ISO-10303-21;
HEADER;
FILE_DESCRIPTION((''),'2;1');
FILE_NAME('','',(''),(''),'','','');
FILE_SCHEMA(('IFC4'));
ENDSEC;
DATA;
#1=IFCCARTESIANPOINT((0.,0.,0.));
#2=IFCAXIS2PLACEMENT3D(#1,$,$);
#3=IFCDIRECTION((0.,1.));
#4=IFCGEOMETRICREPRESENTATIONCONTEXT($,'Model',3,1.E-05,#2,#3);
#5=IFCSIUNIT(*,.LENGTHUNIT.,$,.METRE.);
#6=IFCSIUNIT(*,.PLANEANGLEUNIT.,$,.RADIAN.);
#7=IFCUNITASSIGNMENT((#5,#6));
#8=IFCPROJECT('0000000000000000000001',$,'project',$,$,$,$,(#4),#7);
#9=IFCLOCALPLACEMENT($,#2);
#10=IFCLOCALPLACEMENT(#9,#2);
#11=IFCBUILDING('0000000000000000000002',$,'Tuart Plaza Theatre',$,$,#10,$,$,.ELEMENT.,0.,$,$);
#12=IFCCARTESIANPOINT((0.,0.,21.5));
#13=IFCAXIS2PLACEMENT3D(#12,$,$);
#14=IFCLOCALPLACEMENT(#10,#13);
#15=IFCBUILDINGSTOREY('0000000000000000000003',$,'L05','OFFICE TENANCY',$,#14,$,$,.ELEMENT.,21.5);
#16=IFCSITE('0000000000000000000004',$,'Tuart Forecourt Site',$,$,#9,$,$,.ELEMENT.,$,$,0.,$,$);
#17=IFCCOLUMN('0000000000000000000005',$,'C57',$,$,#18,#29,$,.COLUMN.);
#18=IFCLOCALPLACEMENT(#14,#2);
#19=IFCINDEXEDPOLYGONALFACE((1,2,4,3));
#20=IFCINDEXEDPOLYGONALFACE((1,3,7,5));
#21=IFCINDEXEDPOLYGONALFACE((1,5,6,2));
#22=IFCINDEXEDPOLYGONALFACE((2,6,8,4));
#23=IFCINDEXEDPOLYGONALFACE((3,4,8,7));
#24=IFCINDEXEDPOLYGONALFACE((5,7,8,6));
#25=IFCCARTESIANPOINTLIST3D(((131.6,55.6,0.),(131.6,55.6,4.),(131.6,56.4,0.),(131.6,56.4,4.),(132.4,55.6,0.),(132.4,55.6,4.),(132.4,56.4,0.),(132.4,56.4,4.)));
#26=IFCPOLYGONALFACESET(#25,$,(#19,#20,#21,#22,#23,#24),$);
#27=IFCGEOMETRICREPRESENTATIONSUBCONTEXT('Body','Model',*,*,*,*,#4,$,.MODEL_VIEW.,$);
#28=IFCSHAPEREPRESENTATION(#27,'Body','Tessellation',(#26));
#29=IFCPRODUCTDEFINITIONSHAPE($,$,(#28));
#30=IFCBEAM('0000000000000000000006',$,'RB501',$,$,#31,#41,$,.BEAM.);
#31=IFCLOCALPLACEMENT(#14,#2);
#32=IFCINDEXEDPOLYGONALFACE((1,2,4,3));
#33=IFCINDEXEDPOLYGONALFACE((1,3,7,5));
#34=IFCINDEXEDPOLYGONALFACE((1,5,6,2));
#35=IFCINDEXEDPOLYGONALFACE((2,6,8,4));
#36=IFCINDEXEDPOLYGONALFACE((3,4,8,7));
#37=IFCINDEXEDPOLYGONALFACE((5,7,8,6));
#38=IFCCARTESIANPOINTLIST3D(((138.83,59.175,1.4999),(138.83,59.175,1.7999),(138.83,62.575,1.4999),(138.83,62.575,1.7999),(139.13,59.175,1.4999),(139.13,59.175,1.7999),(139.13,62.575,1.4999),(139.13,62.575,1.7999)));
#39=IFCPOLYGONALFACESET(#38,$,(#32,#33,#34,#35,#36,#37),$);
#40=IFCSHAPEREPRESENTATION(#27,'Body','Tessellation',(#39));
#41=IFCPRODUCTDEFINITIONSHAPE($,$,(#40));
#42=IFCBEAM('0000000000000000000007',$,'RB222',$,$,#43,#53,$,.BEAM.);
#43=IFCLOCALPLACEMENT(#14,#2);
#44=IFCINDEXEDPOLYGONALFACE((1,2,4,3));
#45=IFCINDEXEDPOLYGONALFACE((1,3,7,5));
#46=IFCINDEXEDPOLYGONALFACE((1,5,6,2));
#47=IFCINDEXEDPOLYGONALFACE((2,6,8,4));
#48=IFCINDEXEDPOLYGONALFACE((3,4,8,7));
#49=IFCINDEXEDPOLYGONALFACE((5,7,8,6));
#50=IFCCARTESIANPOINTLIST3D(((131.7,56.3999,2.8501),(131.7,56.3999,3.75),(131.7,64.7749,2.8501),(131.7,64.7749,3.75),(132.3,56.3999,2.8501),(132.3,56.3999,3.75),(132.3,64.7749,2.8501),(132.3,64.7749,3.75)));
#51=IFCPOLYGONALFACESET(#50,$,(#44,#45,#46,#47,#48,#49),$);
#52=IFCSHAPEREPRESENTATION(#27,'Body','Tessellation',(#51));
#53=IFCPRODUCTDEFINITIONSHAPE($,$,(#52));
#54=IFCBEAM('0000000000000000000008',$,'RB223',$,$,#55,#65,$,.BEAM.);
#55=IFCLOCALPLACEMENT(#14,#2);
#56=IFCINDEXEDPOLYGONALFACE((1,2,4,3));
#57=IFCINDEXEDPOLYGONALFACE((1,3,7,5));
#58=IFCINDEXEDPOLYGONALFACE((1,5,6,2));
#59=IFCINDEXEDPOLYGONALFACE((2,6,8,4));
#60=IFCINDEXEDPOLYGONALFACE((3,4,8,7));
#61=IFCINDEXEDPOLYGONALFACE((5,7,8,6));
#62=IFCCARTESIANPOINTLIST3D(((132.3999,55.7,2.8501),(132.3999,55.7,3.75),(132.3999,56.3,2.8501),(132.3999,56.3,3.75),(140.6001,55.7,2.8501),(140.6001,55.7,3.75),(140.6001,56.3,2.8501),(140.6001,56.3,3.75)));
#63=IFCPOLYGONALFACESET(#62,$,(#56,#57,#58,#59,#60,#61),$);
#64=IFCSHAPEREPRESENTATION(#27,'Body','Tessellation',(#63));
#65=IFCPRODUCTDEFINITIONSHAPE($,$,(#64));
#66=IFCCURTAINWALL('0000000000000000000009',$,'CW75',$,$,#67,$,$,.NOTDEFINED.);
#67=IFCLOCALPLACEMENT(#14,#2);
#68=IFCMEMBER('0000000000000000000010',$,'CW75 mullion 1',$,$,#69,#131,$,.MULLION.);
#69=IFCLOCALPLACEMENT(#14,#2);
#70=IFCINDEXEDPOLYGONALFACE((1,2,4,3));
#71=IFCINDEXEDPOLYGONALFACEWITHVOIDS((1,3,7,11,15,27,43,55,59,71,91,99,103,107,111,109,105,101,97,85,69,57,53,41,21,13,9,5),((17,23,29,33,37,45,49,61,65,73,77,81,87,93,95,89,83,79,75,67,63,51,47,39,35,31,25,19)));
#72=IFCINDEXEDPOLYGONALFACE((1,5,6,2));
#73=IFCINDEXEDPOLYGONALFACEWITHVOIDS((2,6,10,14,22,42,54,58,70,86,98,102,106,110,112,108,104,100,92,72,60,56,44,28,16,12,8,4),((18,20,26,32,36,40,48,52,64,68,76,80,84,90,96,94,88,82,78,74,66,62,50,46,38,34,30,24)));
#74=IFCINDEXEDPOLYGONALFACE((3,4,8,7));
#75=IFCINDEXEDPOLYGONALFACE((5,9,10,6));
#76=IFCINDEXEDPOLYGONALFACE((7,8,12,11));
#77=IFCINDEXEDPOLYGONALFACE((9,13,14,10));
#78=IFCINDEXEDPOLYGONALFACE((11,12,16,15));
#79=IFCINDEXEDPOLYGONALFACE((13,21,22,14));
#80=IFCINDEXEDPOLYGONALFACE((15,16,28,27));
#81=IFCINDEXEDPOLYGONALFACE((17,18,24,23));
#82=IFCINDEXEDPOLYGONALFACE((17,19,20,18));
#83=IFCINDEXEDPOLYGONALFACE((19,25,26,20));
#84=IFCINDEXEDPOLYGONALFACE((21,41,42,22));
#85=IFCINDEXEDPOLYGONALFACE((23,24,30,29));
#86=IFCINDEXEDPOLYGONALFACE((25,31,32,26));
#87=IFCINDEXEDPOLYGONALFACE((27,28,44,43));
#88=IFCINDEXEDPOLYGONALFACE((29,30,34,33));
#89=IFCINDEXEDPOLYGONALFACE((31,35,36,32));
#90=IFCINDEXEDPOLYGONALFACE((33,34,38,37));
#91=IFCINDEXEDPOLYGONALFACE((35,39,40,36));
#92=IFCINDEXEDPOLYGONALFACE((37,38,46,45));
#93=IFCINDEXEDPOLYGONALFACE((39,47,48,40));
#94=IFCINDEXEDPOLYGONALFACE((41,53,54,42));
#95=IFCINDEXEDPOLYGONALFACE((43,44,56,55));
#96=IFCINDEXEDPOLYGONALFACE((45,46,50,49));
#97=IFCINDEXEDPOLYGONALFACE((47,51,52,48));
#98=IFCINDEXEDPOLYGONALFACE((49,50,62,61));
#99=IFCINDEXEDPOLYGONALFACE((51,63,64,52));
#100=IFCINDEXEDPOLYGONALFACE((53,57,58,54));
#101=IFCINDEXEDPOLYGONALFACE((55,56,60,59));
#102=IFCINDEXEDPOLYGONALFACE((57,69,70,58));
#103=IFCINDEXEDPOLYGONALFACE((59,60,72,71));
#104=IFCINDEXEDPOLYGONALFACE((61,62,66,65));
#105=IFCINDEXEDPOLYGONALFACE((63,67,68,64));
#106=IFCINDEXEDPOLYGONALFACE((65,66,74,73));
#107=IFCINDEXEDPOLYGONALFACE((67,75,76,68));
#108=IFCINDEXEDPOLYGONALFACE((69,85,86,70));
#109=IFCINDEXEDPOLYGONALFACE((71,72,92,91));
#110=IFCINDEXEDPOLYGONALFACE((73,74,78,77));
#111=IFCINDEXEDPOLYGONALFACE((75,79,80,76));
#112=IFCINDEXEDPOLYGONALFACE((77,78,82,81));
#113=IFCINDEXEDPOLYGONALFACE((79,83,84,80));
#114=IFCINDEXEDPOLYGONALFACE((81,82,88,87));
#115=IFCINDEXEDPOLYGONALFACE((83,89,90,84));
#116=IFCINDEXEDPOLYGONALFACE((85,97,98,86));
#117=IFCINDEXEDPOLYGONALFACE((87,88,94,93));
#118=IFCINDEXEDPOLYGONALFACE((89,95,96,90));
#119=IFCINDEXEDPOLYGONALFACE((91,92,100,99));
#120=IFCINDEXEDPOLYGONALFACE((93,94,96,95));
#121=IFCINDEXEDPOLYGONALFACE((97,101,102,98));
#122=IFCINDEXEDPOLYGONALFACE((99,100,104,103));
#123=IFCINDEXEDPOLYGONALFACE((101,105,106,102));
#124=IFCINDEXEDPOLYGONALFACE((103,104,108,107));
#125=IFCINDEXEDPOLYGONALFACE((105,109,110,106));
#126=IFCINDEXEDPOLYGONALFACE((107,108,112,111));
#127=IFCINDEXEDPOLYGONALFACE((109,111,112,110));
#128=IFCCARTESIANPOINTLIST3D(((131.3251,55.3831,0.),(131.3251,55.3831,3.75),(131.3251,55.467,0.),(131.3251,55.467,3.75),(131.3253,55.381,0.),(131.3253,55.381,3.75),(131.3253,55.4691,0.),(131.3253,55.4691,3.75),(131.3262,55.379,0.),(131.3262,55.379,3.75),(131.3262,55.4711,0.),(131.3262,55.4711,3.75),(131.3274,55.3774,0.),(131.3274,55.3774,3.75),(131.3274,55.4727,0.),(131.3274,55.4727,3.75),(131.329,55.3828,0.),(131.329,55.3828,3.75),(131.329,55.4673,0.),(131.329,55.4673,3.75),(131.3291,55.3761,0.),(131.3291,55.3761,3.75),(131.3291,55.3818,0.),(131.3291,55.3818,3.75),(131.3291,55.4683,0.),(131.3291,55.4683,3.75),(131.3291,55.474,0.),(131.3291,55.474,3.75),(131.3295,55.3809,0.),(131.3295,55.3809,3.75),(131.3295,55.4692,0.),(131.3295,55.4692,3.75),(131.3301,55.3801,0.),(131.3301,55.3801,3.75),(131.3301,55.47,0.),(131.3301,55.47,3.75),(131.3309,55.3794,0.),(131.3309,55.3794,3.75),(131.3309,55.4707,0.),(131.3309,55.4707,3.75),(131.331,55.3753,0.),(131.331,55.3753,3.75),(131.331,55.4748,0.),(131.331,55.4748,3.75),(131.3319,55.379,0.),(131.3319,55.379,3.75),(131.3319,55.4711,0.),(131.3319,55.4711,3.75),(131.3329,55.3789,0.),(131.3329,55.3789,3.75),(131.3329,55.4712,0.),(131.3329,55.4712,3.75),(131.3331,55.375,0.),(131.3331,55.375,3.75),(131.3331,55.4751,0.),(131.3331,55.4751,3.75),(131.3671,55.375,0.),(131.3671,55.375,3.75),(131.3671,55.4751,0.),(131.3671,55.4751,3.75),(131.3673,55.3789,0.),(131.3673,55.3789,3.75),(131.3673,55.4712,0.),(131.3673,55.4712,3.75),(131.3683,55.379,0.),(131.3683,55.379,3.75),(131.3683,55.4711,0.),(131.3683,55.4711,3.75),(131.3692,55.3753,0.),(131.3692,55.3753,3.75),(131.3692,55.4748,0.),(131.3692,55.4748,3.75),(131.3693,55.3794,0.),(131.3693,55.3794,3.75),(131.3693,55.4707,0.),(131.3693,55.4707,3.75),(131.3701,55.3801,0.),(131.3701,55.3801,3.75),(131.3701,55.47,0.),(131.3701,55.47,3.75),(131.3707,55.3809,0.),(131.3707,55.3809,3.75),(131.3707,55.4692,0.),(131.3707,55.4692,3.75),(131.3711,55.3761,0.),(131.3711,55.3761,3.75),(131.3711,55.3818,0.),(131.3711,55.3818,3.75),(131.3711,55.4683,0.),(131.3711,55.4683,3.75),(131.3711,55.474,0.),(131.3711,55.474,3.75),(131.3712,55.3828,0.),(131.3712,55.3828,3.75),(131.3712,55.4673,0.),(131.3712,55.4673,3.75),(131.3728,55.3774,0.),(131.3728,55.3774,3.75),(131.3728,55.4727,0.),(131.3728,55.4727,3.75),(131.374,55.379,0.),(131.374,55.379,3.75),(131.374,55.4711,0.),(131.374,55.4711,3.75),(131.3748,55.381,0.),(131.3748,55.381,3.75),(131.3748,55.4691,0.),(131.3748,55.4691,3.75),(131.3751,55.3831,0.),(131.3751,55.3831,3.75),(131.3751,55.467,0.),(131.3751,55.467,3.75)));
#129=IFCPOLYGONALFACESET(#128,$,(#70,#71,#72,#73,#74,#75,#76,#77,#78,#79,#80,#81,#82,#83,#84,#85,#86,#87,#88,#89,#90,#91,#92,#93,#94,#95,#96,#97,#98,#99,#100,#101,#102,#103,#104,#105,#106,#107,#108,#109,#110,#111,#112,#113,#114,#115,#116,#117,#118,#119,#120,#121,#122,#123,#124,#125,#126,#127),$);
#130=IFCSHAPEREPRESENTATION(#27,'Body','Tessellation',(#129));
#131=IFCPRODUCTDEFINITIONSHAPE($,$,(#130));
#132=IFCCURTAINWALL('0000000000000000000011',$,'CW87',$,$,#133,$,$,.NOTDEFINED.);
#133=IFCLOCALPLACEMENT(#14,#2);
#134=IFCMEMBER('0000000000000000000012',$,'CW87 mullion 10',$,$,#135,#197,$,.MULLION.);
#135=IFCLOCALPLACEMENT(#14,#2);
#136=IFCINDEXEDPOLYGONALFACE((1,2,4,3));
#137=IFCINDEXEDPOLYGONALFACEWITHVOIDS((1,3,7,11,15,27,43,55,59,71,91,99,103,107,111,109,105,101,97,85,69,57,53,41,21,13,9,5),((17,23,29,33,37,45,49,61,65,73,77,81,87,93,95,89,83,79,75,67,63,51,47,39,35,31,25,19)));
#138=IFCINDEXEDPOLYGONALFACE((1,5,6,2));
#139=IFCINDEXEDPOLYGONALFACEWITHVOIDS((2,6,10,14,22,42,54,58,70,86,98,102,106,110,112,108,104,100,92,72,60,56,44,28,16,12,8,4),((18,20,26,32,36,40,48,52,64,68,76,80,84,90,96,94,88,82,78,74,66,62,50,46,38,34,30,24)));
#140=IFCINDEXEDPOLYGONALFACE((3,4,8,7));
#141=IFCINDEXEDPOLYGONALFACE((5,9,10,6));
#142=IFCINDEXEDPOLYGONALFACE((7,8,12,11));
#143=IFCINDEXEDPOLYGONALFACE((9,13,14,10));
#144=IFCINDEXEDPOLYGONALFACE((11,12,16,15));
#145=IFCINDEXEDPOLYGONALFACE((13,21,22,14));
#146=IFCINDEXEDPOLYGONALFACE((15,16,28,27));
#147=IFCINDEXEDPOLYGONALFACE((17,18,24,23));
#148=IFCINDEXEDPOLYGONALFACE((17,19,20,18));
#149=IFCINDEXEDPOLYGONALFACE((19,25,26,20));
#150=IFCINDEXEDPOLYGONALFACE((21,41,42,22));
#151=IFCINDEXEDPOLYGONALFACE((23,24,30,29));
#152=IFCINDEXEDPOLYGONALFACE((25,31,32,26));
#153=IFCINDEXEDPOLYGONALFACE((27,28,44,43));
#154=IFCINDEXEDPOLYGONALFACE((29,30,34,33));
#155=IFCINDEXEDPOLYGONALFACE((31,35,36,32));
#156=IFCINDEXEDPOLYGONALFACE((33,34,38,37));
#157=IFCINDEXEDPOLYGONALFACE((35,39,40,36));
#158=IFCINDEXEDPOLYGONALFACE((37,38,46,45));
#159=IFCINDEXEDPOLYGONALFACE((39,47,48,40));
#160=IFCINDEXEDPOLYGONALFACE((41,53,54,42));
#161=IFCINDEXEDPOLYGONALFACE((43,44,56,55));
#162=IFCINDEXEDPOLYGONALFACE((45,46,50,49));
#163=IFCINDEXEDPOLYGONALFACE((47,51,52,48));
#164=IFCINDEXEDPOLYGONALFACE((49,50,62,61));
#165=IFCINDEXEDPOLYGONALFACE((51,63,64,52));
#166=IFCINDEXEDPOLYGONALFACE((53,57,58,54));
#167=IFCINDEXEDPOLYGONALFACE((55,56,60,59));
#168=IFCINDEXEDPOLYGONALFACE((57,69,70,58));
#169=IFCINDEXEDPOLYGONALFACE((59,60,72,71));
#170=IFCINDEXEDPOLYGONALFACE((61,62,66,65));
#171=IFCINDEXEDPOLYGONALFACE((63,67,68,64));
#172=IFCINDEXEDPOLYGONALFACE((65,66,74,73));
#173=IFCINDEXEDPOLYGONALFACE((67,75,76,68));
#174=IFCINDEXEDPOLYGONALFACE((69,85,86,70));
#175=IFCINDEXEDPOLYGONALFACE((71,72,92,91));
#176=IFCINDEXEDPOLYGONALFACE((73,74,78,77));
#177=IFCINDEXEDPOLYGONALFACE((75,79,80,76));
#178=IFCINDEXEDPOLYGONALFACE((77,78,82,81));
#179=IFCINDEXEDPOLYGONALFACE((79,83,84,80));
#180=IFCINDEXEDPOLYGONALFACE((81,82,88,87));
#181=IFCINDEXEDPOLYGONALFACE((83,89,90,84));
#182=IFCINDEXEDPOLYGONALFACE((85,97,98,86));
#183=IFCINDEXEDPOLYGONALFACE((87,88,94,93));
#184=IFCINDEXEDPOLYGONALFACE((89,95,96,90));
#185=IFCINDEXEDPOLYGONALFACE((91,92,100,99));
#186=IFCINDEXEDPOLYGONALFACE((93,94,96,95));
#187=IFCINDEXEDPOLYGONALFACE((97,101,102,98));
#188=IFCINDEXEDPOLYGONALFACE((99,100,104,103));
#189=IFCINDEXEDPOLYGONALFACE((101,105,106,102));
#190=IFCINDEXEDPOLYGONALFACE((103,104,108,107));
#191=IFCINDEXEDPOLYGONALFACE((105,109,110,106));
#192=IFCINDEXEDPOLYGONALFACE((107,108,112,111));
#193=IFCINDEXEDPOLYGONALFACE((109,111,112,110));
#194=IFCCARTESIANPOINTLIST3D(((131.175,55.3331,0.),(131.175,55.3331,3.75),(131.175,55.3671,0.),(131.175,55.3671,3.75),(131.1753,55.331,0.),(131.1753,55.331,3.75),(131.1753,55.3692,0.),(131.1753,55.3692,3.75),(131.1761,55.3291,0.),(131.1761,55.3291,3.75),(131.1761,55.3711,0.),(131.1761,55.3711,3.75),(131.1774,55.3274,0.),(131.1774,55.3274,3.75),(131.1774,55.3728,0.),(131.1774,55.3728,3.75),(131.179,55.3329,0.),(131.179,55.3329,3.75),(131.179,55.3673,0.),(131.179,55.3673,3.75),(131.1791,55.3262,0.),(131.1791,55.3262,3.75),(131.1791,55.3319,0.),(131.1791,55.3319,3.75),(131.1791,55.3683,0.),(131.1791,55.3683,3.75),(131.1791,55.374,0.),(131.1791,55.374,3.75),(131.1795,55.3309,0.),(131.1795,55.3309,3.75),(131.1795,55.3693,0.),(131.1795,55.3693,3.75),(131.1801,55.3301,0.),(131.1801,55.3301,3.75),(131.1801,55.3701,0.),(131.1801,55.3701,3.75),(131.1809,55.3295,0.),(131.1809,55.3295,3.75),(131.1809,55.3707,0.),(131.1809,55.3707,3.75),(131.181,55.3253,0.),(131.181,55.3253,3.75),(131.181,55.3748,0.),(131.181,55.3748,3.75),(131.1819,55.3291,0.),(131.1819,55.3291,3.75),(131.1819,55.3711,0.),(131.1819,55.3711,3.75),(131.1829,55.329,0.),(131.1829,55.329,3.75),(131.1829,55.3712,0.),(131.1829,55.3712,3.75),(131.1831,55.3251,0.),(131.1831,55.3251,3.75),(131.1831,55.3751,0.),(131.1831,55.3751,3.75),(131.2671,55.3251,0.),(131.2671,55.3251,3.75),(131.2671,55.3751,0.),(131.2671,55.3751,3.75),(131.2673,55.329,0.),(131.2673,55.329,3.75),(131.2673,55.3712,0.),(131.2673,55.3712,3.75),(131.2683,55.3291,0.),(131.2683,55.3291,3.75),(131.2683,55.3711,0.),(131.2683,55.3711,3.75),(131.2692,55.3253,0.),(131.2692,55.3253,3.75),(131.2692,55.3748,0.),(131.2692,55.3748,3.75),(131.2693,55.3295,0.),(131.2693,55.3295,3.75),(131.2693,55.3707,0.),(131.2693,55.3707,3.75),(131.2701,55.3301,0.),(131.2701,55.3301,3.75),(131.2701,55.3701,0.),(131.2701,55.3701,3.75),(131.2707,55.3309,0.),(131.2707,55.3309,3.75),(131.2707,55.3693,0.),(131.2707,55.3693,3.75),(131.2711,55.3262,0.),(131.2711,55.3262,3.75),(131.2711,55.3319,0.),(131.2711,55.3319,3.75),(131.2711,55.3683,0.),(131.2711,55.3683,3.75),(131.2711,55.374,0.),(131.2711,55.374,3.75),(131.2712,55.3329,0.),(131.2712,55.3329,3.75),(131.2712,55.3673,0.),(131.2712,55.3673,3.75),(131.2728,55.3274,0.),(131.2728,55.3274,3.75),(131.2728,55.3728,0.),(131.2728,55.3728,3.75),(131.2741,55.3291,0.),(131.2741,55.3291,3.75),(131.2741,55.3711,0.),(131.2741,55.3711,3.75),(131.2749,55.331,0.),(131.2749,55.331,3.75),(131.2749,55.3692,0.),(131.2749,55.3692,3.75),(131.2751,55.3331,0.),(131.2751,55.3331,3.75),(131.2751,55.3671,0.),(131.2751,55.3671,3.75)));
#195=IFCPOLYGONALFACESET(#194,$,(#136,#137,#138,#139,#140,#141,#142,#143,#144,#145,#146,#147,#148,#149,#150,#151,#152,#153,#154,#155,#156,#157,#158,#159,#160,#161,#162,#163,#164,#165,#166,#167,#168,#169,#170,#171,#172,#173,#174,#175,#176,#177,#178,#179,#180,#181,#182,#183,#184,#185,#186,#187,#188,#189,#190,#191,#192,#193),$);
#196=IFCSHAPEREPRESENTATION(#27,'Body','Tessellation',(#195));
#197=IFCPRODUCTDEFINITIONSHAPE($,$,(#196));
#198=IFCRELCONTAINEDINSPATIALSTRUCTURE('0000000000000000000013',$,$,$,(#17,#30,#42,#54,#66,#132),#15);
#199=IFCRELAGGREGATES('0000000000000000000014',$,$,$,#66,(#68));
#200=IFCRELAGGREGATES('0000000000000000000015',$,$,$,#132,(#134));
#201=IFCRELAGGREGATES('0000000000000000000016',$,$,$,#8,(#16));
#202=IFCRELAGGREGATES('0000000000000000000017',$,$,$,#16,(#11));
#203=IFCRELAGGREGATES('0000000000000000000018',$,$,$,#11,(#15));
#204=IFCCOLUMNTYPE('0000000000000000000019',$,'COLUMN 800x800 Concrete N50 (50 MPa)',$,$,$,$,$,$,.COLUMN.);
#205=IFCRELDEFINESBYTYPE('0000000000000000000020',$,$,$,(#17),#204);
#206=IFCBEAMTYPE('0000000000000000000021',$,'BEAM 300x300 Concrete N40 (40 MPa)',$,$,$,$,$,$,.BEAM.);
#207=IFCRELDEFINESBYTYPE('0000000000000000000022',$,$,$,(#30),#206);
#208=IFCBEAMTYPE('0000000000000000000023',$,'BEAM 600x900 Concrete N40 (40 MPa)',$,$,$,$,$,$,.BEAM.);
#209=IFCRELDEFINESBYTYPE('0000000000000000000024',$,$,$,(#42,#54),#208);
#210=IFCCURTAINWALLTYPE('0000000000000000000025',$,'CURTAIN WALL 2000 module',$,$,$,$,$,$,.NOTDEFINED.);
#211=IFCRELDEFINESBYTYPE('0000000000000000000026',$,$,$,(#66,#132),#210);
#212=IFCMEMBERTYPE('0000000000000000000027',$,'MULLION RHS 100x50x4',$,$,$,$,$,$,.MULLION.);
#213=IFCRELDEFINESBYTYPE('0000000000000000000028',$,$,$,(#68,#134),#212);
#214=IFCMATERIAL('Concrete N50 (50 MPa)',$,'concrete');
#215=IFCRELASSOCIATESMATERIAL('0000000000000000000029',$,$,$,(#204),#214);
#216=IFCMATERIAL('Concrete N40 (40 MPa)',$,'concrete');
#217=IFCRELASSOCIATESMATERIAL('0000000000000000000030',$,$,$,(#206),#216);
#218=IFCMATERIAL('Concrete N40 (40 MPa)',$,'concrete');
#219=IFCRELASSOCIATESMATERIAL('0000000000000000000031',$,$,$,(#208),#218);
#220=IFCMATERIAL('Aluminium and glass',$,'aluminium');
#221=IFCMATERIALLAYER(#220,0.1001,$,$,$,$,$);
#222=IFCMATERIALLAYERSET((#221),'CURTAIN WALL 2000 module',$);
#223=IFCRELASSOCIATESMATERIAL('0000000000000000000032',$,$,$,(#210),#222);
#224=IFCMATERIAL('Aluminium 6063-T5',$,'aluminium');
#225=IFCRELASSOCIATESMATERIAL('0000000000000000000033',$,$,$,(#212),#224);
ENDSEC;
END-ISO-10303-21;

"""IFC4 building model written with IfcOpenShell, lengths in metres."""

from ifc_helpers import new_model, si_unit, direction, frame, origin, origin_2d, place, context, subcontext, project, spatial, rectangle, hollow_rectangle, extrude, material, layer, layer_set, material_profile, profile_set, type_object, element, aggregate, save


model = new_model("IFC4")

# Units and contexts
model_context = context("Model", 3, precision=1e-05, world=origin(), true_north=direction((0.0, 1.0)))
body_context = subcontext(model_context, "Body", "Model", "MODEL_VIEW")
ifc_project = project(units=[si_unit("LENGTHUNIT", "METRE"), si_unit("PLANEANGLEUNIT", "RADIAN")], contexts=[model_context])

# Site, building, storey
site_placement = place(None, origin())
site = spatial("IfcSite", under=ifc_project, at=site_placement, Name="Tuart Forecourt Site", CompositionType="ELEMENT", RefElevation=0.0)
building_placement = place(site_placement, origin())
building = spatial("IfcBuilding", under=site, at=building_placement, Name="Tuart Plaza Theatre", CompositionType="ELEMENT", ElevationOfRefHeight=0.0)
storey_placement = place(building_placement, frame((0.0, 0.0, 21.5)))
storey = spatial("IfcBuildingStorey", under=building, at=storey_placement, Name="L05", Description="OFFICE TENANCY", CompositionType="ELEMENT", Elevation=21.5)

# Column
ifc_material_1 = material(Name="Concrete N50 (50 MPa)", Category="concrete")
ifc_material_profile_1 = material_profile(ifc_material_1, rectangle(XDim=0.8, YDim=0.8, at=origin_2d()), Name="COLUMN 800x800 Concrete N50 (50 MPa)")
ifc_profile_set_1 = profile_set([ifc_material_profile_1], Name="Concrete N50 (50 MPa)")
column_type = type_object("IfcColumnType", Name="COLUMN 800x800 Concrete N50 (50 MPa)", PredefinedType="COLUMN", material=ifc_profile_set_1)
column_placement = place(storey_placement, frame((132.0, 56.0, 0.0), z_axis=(0.0, 0.0, 1.0), x_axis=(1.0, 0.0, 0.0)))
element("IfcColumn", 1, at=column_placement, inside=storey, type_object=column_type, Name="C57", PredefinedType="COLUMN", context=body_context, shape_type="SweptSolid", body=[
    extrude(rectangle(XDim=0.8, YDim=0.8, at=origin_2d()), origin(), (0.0, 0.0, 1.0), 4.0),
])

# Beams
ifc_material_2 = material(Name="Concrete N40 (40 MPa)", Category="concrete")
ifc_material_profile_2 = material_profile(ifc_material_2, rectangle(XDim=0.3, YDim=0.3, at=origin_2d()), Name="BEAM 300x300 Concrete N40 (40 MPa)")
ifc_profile_set_2 = profile_set([ifc_material_profile_2], Name="Concrete N40 (40 MPa)")
beam_type_1 = type_object("IfcBeamType", Name="BEAM 300x300 Concrete N40 (40 MPa)", PredefinedType="BEAM", material=ifc_profile_set_2)
beam_1_placement = place(storey_placement, frame((138.98, 59.175, 1.6499), z_axis=(0.0, 1.0, 0.0), x_axis=(-1.0, 0.0, 0.0)))
element("IfcBeam", 2, at=beam_1_placement, inside=storey, type_object=beam_type_1, Name="RB501", PredefinedType="BEAM", context=body_context, shape_type="SweptSolid", body=[
    extrude(rectangle(XDim=0.3, YDim=0.3, at=origin_2d()), origin(), (0.0, 0.0, 1.0), 3.3999),
])
ifc_material_3 = material(Name="Concrete N40 (40 MPa)", Category="concrete")
ifc_material_profile_3 = material_profile(ifc_material_3, rectangle(XDim=0.6001, YDim=0.8999, at=origin_2d()), Name="BEAM 600x900 Concrete N40 (40 MPa)")
ifc_profile_set_3 = profile_set([ifc_material_profile_3], Name="Concrete N40 (40 MPa)")
beam_type_2 = type_object("IfcBeamType", Name="BEAM 600x900 Concrete N40 (40 MPa)", PredefinedType="BEAM", material=ifc_profile_set_3)
beam_2_placement = place(storey_placement, frame((132.0, 56.3999, 3.3), z_axis=(0.0, 1.0, 0.0), x_axis=(-1.0, 0.0, 0.0)))
element("IfcBeam", 3, at=beam_2_placement, inside=storey, type_object=beam_type_2, Name="RB222", PredefinedType="BEAM", context=body_context, shape_type="SweptSolid", body=[
    extrude(rectangle(XDim=0.6001, YDim=0.8999, at=origin_2d()), origin(), (0.0, 0.0, 1.0), 8.375),
])
beam_3_placement = place(storey_placement, frame((132.3999, 56.0, 3.3), z_axis=(1.0, 0.0, 0.0), x_axis=(0.0, 1.0, 0.0)))
element("IfcBeam", 4, at=beam_3_placement, inside=storey, type_object=beam_type_2, Name="RB223", PredefinedType="BEAM", context=body_context, shape_type="SweptSolid", body=[
    extrude(rectangle(XDim=0.6001, YDim=0.8999, at=origin_2d()), origin(), (0.0, 0.0, 1.0), 8.2002),
])

# Curtain walls, members
ifc_material_4 = material(Name="Aluminium and glass", Category="aluminium")
ifc_layer_1 = layer(ifc_material_4, 0.1001)
ifc_layer_set_1 = layer_set([ifc_layer_1], Name="CURTAIN WALL 2000 module")
curtain_wall_type = type_object("IfcCurtainWallType", Name="CURTAIN WALL 2000 module", PredefinedType="NOTDEFINED", material=ifc_layer_set_1)
curtain_wall_1_placement = place(storey_placement, origin())
curtain_wall_1 = element("IfcCurtainWall", 5, at=curtain_wall_1_placement, inside=storey, type_object=curtain_wall_type, Name="CW75", PredefinedType="NOTDEFINED")
ifc_material_5 = material(Name="Aluminium 6063-T5", Category="aluminium")
ifc_material_profile_4 = material_profile(ifc_material_5, hollow_rectangle(XDim=0.05, YDim=0.1001, WallThickness=0.0039, InnerFilletRadius=0.0039, OuterFilletRadius=0.0081, at=origin_2d()), Name="RHS 100x50x4")
ifc_profile_set_4 = profile_set([ifc_material_profile_4], Name="Aluminium 6063-T5")
member_type_1 = type_object("IfcMemberType", Name="MULLION RHS 100x50x4", PredefinedType="MULLION", material=ifc_profile_set_4)
member_1_placement = place(storey_placement, frame((131.3501, 55.425, 0.0), z_axis=(0.0, 0.0, 1.0), x_axis=(1.0, 0.0, 0.0)))
member_1 = element("IfcMember", 6, at=member_1_placement, type_object=member_type_1, Name="CW75 mullion 1", PredefinedType="MULLION", context=body_context, shape_type="SweptSolid", body=[
    extrude(hollow_rectangle(XDim=0.05, YDim=0.1001, WallThickness=0.0039, InnerFilletRadius=0.0039, OuterFilletRadius=0.0081, at=origin_2d()), origin(), (0.0, 0.0, 1.0), 3.75),
])
curtain_wall_2_placement = place(storey_placement, origin())
curtain_wall_2 = element("IfcCurtainWall", 7, at=curtain_wall_2_placement, inside=storey, type_object=curtain_wall_type, Name="CW87", PredefinedType="NOTDEFINED")
member_2_placement = place(storey_placement, frame((131.2251, 55.3501, 0.0), z_axis=(0.0, 0.0, 1.0), x_axis=(0.0, 1.0, 0.0)))
member_2 = element("IfcMember", 8, at=member_2_placement, type_object=member_type_1, Name="CW87 mullion 10", PredefinedType="MULLION", context=body_context, shape_type="SweptSolid", body=[
    extrude(hollow_rectangle(XDim=0.05, YDim=0.1001, WallThickness=0.0039, InnerFilletRadius=0.0039, OuterFilletRadius=0.0081, at=origin_2d()), origin(), (0.0, 0.0, 1.0), 3.75),
])

aggregate(curtain_wall_1, [member_1])

aggregate(curtain_wall_2, [member_2])

save(model, "model.ifc")
